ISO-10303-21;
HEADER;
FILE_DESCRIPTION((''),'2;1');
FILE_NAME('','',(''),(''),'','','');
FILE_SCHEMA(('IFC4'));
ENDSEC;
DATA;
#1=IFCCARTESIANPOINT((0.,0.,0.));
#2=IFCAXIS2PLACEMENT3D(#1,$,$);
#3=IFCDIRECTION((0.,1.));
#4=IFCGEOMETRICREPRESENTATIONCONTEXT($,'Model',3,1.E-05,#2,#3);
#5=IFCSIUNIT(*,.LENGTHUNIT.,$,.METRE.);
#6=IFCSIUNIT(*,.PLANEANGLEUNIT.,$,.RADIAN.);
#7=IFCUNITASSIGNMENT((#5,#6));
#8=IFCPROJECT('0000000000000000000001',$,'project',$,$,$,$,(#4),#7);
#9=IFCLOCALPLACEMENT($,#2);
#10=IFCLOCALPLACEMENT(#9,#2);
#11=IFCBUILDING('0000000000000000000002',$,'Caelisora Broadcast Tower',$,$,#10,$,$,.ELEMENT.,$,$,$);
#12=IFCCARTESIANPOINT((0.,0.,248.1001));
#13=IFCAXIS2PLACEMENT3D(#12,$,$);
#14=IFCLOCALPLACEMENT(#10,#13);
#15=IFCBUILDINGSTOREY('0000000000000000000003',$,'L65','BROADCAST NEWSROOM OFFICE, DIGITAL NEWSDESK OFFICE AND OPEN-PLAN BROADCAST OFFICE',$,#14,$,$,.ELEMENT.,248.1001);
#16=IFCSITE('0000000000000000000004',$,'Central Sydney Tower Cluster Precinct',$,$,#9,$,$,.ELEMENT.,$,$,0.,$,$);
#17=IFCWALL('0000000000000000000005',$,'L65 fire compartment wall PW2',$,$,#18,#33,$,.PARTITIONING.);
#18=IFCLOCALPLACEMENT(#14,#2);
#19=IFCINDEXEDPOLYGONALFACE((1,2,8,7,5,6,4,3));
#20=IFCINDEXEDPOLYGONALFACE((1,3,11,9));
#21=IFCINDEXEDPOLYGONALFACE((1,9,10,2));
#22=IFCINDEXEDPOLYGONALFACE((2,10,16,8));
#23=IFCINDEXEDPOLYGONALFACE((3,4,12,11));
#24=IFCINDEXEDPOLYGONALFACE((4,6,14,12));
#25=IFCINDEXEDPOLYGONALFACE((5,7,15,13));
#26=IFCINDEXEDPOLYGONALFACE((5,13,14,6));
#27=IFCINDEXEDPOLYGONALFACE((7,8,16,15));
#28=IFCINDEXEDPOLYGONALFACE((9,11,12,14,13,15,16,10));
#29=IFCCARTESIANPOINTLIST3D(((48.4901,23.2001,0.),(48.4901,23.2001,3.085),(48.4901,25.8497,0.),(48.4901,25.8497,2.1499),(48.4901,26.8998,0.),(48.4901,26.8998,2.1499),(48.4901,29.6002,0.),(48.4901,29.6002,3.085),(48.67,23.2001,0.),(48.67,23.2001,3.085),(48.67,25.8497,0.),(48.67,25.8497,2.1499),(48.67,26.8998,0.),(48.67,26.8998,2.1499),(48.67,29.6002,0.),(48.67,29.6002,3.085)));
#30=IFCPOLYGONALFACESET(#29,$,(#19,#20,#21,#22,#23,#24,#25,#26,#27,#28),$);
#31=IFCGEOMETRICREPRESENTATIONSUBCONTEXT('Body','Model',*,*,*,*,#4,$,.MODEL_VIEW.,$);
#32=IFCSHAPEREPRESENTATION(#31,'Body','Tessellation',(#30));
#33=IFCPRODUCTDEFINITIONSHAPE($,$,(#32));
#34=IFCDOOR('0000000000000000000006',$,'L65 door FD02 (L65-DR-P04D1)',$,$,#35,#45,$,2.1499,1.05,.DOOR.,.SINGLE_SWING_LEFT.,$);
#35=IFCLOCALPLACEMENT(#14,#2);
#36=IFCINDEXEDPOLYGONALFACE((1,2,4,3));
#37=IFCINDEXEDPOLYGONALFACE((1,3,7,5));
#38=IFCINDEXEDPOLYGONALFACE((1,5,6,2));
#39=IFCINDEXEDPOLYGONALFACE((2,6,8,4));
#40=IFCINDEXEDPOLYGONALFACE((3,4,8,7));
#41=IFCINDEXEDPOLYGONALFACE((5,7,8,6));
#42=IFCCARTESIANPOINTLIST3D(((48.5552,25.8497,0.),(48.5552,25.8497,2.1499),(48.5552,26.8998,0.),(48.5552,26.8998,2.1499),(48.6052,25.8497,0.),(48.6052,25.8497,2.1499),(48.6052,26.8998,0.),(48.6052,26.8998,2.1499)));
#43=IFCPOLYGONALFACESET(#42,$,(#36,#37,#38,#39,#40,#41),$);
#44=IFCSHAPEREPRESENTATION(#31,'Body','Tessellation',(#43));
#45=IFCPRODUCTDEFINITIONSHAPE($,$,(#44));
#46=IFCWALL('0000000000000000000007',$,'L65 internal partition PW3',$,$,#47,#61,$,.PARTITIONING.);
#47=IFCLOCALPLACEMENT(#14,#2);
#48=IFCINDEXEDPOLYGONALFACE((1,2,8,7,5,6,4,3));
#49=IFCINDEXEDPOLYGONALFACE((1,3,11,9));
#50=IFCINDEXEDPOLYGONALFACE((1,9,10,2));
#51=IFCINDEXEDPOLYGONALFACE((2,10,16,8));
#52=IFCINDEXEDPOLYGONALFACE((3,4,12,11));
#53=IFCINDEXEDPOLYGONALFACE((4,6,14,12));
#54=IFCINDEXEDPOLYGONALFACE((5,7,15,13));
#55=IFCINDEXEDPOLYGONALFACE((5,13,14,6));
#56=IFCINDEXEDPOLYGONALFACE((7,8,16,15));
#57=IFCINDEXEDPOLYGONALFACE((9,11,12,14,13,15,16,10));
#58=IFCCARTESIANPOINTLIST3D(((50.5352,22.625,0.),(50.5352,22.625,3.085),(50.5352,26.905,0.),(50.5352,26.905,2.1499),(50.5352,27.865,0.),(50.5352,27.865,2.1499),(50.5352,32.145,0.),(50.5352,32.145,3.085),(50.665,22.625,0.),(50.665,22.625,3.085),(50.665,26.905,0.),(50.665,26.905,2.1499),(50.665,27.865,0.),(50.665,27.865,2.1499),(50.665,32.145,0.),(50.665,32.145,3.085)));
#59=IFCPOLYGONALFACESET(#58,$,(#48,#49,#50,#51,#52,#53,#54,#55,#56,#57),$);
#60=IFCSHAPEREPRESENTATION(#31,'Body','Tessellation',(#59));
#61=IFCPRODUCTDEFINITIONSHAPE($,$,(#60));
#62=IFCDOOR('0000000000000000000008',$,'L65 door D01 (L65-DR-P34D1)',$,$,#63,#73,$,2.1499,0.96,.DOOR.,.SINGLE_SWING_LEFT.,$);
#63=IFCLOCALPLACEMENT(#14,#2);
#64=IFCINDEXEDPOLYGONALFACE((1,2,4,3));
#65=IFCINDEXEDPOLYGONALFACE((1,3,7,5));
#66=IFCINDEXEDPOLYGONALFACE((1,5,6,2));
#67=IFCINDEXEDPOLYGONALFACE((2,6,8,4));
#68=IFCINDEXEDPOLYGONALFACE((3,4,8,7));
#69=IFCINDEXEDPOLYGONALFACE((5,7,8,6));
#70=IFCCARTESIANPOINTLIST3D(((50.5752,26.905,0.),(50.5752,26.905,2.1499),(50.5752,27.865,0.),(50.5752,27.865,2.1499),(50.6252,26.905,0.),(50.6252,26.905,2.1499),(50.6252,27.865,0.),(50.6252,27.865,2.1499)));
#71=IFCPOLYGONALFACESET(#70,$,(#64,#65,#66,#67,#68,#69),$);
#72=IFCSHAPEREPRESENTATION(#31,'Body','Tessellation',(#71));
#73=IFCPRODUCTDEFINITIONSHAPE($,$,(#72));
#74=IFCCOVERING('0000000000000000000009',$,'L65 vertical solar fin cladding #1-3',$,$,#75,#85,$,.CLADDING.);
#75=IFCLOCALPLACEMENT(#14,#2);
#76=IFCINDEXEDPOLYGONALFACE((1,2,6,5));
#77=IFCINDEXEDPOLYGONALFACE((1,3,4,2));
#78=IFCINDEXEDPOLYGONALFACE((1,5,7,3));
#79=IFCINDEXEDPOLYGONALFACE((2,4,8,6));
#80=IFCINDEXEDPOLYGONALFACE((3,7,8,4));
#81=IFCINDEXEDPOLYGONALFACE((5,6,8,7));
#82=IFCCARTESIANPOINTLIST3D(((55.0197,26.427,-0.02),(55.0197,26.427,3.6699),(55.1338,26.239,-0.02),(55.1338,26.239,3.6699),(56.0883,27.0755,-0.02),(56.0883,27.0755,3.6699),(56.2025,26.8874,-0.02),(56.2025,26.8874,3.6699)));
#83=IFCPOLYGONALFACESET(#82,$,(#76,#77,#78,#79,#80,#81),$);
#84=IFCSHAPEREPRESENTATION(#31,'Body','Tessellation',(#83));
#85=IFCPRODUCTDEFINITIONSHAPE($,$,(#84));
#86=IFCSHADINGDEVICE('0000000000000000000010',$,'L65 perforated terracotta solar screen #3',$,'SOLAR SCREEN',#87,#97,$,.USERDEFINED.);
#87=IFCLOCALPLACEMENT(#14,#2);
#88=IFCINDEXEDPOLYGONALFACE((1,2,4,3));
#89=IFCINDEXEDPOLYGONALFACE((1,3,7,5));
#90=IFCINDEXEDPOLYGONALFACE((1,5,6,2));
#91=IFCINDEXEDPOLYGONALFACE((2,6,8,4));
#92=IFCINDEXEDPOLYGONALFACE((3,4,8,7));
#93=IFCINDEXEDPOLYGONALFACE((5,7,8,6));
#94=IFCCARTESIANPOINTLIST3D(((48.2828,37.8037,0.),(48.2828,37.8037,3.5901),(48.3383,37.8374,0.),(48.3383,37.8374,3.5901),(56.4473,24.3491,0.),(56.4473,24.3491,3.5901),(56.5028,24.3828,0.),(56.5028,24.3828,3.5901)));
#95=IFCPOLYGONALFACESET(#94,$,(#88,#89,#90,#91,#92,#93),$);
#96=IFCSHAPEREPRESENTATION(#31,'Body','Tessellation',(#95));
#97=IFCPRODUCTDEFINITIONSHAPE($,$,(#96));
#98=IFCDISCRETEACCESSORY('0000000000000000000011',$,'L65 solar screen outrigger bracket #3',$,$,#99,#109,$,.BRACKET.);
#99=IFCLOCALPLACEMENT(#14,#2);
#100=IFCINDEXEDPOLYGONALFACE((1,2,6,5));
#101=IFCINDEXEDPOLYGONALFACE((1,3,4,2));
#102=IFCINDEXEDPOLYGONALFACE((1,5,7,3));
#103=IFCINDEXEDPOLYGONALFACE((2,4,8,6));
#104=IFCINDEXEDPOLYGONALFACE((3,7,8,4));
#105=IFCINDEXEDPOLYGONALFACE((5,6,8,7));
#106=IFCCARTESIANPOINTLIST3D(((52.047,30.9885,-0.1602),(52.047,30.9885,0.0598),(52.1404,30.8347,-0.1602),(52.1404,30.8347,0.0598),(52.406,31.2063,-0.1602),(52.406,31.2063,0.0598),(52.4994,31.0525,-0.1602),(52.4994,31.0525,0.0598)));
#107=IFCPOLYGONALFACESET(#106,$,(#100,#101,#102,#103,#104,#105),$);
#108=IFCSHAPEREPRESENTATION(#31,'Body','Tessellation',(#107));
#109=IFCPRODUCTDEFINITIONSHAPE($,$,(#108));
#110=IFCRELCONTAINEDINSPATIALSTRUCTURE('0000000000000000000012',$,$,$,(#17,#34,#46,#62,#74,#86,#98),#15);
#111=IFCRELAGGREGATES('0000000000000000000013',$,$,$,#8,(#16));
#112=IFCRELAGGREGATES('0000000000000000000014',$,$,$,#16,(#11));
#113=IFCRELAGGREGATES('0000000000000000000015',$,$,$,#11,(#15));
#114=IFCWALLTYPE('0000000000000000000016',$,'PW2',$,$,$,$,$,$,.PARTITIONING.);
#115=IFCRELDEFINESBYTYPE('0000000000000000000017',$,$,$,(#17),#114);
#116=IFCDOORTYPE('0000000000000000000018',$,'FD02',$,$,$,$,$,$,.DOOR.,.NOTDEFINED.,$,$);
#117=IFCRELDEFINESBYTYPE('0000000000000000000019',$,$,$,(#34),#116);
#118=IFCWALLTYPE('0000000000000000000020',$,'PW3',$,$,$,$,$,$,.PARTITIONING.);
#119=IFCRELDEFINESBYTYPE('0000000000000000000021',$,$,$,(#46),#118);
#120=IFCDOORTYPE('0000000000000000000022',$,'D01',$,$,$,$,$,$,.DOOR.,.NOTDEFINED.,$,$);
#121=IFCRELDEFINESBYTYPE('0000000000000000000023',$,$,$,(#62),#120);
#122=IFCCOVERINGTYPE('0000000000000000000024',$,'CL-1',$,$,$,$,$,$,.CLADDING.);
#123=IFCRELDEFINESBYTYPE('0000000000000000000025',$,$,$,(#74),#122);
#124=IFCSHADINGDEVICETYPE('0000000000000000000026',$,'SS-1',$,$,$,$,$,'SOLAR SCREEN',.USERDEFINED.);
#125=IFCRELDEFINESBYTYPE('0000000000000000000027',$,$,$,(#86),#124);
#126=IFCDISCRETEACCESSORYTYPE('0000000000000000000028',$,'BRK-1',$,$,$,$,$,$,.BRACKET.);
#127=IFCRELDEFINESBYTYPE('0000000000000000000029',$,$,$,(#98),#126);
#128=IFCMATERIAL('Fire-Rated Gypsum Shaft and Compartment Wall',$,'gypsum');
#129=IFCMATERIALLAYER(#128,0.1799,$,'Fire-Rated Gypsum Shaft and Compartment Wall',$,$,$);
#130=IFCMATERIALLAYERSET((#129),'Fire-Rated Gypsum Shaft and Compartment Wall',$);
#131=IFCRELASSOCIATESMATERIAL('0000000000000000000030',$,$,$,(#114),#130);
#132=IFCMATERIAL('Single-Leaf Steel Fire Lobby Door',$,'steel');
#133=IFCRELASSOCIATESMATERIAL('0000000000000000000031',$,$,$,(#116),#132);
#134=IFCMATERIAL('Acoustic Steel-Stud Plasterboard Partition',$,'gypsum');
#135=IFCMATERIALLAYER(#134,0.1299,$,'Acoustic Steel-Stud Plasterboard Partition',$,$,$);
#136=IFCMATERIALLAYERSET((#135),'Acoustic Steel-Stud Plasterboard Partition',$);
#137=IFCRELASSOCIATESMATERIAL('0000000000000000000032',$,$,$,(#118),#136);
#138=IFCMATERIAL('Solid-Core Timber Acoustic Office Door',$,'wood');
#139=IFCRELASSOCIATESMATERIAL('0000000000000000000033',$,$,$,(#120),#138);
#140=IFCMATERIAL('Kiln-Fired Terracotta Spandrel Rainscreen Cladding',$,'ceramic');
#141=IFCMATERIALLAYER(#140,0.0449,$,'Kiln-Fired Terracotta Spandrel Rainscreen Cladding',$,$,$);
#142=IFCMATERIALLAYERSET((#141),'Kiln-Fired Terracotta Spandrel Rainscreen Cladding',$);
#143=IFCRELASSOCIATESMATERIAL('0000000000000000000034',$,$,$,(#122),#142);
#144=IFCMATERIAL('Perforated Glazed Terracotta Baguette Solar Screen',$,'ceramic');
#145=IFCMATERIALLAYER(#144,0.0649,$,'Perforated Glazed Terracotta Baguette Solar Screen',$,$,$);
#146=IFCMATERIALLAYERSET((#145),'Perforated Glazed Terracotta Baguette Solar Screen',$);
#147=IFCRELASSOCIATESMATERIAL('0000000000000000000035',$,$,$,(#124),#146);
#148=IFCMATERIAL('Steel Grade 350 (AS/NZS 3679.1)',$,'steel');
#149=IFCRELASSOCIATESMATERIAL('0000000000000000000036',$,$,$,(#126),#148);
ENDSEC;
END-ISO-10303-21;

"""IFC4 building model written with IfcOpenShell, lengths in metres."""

from ifc_helpers import new_model, si_unit, direction, frame, frame_2d, origin, origin_2d, place, context, subcontext, project, spatial, rectangle, extrude, source, transform, mapped, material, layer, layer_set, type_object, type_shapes, element, fill, save


model = new_model("IFC4")

# Units and contexts
model_context = context("Model", 3, precision=1e-05, world=origin(), true_north=direction((0.0, 1.0)))
body_context = subcontext(model_context, "Body", "Model", "MODEL_VIEW")
ifc_project = project(units=[si_unit("LENGTHUNIT", "METRE"), si_unit("PLANEANGLEUNIT", "RADIAN")], contexts=[model_context])

# Site, building, storey
site_placement = place(None, origin())
site = spatial("IfcSite", under=ifc_project, at=site_placement, Name="Central Sydney Tower Cluster Precinct", CompositionType="ELEMENT", RefElevation=0.0)
building_placement = place(site_placement, origin())
building = spatial("IfcBuilding", under=site, at=building_placement, Name="Caelisora Broadcast Tower", CompositionType="ELEMENT")
storey_placement = place(building_placement, frame((0.0, 0.0, 248.1001)))
storey = spatial("IfcBuildingStorey", under=building, at=storey_placement, Name="L65", Description="BROADCAST NEWSROOM OFFICE, DIGITAL NEWSDESK OFFICE AND OPEN-PLAN BROADCAST OFFICE", CompositionType="ELEMENT", Elevation=248.1001)

# Shared definitions
ifc_material_1 = material(Name="Steel Grade 350 (AS/NZS 3679.1)", Category="steel")

# Walls, openings, doors
ifc_material_2 = material(Name="Fire-Rated Gypsum Shaft and Compartment Wall", Category="gypsum")
ifc_layer_1 = layer(ifc_material_2, 0.1799, Name="Fire-Rated Gypsum Shaft and Compartment Wall")
ifc_layer_set_1 = layer_set([ifc_layer_1], Name="Fire-Rated Gypsum Shaft and Compartment Wall")
wall_type_1 = type_object("IfcWallType", Name="PW2", PredefinedType="PARTITIONING", material=ifc_layer_set_1)
wall_1_placement = place(storey_placement, frame((48.5801, 23.2, 0.0), z_axis=(0.0, 0.0, 1.0), x_axis=(0.0, 1.0, 0.0)))
wall_1 = element("IfcWall", 1, at=wall_1_placement, inside=storey, type_object=wall_type_1, Name="L65 fire compartment wall PW2", PredefinedType="PARTITIONING", context=body_context, shape_type="SweptSolid", body=[
    extrude(rectangle(XDim=6.4001, YDim=0.1799, at=frame_2d((3.2002, 0.0))), origin(), (0.0, 0.0, 1.0), 3.085),
])
opening_1_placement = place(wall_1_placement, frame((2.6499, 0.0, 0.0)))
opening_1 = element("IfcOpeningElement", 2, at=opening_1_placement, cuts=wall_1, PredefinedType="OPENING", context=body_context, shape_type="SweptSolid", body=[
    extrude(rectangle(XDim=1.05, YDim=2.1499, at=frame_2d((0.5249, 1.075))), frame((0.0, 0.1021, 0.0), z_axis=(0.0, -1.0, 0.0), x_axis=(1.0, 0.0, 0.0)), (0.0, 0.0, 1.0), 0.2039),
])
ifc_material_3 = material(Name="Single-Leaf Steel Fire Lobby Door", Category="steel")
door_type_1 = type_object("IfcDoorType", Name="FD02", OperationType="NOTDEFINED", PredefinedType="DOOR", material=ifc_material_3)
door_1_placement = place(opening_1_placement, origin())
door_1 = element("IfcDoor", 3, at=door_1_placement, inside=storey, type_object=door_type_1, Name="L65 door FD02 (L65-DR-P04D1)", OperationType="SINGLE_SWING_LEFT", OverallHeight=2.1499, OverallWidth=1.05, PredefinedType="DOOR", context=body_context, shape_type="SweptSolid", body=[
    extrude(rectangle(XDim=1.05, YDim=2.1499, at=frame_2d((0.5249, 1.075))), frame((0.0, 0.0249, 0.0), z_axis=(0.0, -1.0, 0.0), x_axis=(1.0, 0.0, 0.0)), (0.0, 0.0, 1.0), 0.05),
])
fill(opening_1, door_1)
ifc_material_4 = material(Name="Acoustic Steel-Stud Plasterboard Partition", Category="gypsum")
ifc_layer_2 = layer(ifc_material_4, 0.1299, Name="Acoustic Steel-Stud Plasterboard Partition")
ifc_layer_set_2 = layer_set([ifc_layer_2], Name="Acoustic Steel-Stud Plasterboard Partition")
wall_type_2 = type_object("IfcWallType", Name="PW3", PredefinedType="PARTITIONING", material=ifc_layer_set_2)
wall_2_placement = place(storey_placement, frame((50.6001, 22.625, 0.0), z_axis=(0.0, 0.0, 1.0), x_axis=(0.0, 1.0, 0.0)))
wall_2 = element("IfcWall", 4, at=wall_2_placement, inside=storey, type_object=wall_type_2, Name="L65 internal partition PW3", PredefinedType="PARTITIONING", context=body_context, shape_type="SweptSolid", body=[
    extrude(rectangle(XDim=9.52, YDim=0.1299, at=frame_2d((4.76, 0.0))), origin(), (0.0, 0.0, 1.0), 3.085),
])
opening_2_placement = place(wall_2_placement, frame((4.28, 0.0, 0.0)))
opening_2 = element("IfcOpeningElement", 5, at=opening_2_placement, cuts=wall_2, PredefinedType="OPENING", context=body_context, shape_type="SweptSolid", body=[
    extrude(rectangle(XDim=0.96, YDim=2.1499, at=frame_2d((0.48, 1.075))), frame((0.0, 0.0769, 0.0), z_axis=(0.0, -1.0, 0.0), x_axis=(1.0, 0.0, 0.0)), (0.0, 0.0, 1.0), 0.1538),
])
ifc_material_5 = material(Name="Solid-Core Timber Acoustic Office Door", Category="wood")
door_type_2 = type_object("IfcDoorType", Name="D01", OperationType="NOTDEFINED", PredefinedType="DOOR", material=ifc_material_5)
door_2_placement = place(opening_2_placement, origin())
door_2 = element("IfcDoor", 6, at=door_2_placement, inside=storey, type_object=door_type_2, Name="L65 door D01 (L65-DR-P34D1)", OperationType="SINGLE_SWING_LEFT", OverallHeight=2.1499, OverallWidth=0.96, PredefinedType="DOOR", context=body_context, shape_type="SweptSolid", body=[
    extrude(rectangle(XDim=0.96, YDim=2.1499, at=frame_2d((0.48, 1.075))), frame((0.0, 0.0249, 0.0), z_axis=(0.0, -1.0, 0.0), x_axis=(1.0, 0.0, 0.0)), (0.0, 0.0, 1.0), 0.05),
])
fill(opening_2, door_2)

# Covering
ifc_material_6 = material(Name="Kiln-Fired Terracotta Spandrel Rainscreen Cladding", Category="ceramic")
ifc_layer_3 = layer(ifc_material_6, 0.0449, Name="Kiln-Fired Terracotta Spandrel Rainscreen Cladding")
ifc_layer_set_3 = layer_set([ifc_layer_3], Name="Kiln-Fired Terracotta Spandrel Rainscreen Cladding")
covering_type = type_object("IfcCoveringType", Name="CL-1", PredefinedType="CLADDING", material=ifc_layer_set_3)
shared_shape_1 = source(origin(), body_context, "Body", "SweptSolid", [
    extrude(rectangle(XDim=0.22, YDim=1.25, at=origin_2d()), origin(), (0.0, 0.0, 1.0), 3.6899),
])
type_shapes(covering_type, [shared_shape_1])
covering_placement = place(storey_placement, frame((55.6111, 26.6572, -0.02), z_axis=(0.0, 0.0, 1.0), x_axis=(0.518773, -0.854912, 0.0)))
element("IfcCovering", 7, at=covering_placement, inside=storey, type_object=covering_type, Name="L65 vertical solar fin cladding #1-3", PredefinedType="CLADDING", context=body_context, shape_type="MappedRepresentation", body=[
    mapped(shared_shape_1, transform((0.0, 0.0, 0.0), scale=1.0)),
])

# Shading device
ifc_material_7 = material(Name="Perforated Glazed Terracotta Baguette Solar Screen", Category="ceramic")
ifc_layer_4 = layer(ifc_material_7, 0.0649, Name="Perforated Glazed Terracotta Baguette Solar Screen")
ifc_layer_set_4 = layer_set([ifc_layer_4], Name="Perforated Glazed Terracotta Baguette Solar Screen")
shading_device_type = type_object("IfcShadingDeviceType", Name="SS-1", ElementType="SOLAR SCREEN", PredefinedType="USERDEFINED", material=ifc_layer_set_4)
shared_shape_2 = source(origin(), body_context, "Body", "SweptSolid", [
    extrude(rectangle(XDim=15.738, YDim=0.0649, at=origin_2d()), origin(), (0.0, 0.0, 1.0), 3.5901),
])
type_shapes(shading_device_type, [shared_shape_2])
shading_device_placement = place(storey_placement, frame((52.3928, 31.0933, 0.0), z_axis=(0.0, 0.0, 1.0), x_axis=(-0.518773, 0.854912, 0.0)))
element("IfcShadingDevice", 8, at=shading_device_placement, inside=storey, type_object=shading_device_type, Name="L65 perforated terracotta solar screen #3", ObjectType="SOLAR SCREEN", PredefinedType="USERDEFINED", context=body_context, shape_type="MappedRepresentation", body=[
    mapped(shared_shape_2, transform((0.0, 0.0, 0.0), scale=1.0)),
])

# Discrete accessory
discrete_accessory_type = type_object("IfcDiscreteAccessoryType", Name="BRK-1", PredefinedType="BRACKET", material=ifc_material_1)
shared_shape_3 = source(origin(), body_context, "Body", "SweptSolid", [
    extrude(rectangle(XDim=0.1799, YDim=0.4199, at=origin_2d()), origin(), (0.0, 0.0, 1.0), 0.22),
])
type_shapes(discrete_accessory_type, [shared_shape_3])
discrete_accessory_placement = place(storey_placement, frame((52.2732, 31.0205, -0.1602), z_axis=(0.0, 0.0, 1.0), x_axis=(-0.518773, 0.854912, 0.0)))
element("IfcDiscreteAccessory", 9, at=discrete_accessory_placement, inside=storey, type_object=discrete_accessory_type, Name="L65 solar screen outrigger bracket #3", PredefinedType="BRACKET", context=body_context, shape_type="MappedRepresentation", body=[
    mapped(shared_shape_3, transform((0.0, 0.0, 0.0), scale=1.0)),
])

save(model, "model.ifc")
